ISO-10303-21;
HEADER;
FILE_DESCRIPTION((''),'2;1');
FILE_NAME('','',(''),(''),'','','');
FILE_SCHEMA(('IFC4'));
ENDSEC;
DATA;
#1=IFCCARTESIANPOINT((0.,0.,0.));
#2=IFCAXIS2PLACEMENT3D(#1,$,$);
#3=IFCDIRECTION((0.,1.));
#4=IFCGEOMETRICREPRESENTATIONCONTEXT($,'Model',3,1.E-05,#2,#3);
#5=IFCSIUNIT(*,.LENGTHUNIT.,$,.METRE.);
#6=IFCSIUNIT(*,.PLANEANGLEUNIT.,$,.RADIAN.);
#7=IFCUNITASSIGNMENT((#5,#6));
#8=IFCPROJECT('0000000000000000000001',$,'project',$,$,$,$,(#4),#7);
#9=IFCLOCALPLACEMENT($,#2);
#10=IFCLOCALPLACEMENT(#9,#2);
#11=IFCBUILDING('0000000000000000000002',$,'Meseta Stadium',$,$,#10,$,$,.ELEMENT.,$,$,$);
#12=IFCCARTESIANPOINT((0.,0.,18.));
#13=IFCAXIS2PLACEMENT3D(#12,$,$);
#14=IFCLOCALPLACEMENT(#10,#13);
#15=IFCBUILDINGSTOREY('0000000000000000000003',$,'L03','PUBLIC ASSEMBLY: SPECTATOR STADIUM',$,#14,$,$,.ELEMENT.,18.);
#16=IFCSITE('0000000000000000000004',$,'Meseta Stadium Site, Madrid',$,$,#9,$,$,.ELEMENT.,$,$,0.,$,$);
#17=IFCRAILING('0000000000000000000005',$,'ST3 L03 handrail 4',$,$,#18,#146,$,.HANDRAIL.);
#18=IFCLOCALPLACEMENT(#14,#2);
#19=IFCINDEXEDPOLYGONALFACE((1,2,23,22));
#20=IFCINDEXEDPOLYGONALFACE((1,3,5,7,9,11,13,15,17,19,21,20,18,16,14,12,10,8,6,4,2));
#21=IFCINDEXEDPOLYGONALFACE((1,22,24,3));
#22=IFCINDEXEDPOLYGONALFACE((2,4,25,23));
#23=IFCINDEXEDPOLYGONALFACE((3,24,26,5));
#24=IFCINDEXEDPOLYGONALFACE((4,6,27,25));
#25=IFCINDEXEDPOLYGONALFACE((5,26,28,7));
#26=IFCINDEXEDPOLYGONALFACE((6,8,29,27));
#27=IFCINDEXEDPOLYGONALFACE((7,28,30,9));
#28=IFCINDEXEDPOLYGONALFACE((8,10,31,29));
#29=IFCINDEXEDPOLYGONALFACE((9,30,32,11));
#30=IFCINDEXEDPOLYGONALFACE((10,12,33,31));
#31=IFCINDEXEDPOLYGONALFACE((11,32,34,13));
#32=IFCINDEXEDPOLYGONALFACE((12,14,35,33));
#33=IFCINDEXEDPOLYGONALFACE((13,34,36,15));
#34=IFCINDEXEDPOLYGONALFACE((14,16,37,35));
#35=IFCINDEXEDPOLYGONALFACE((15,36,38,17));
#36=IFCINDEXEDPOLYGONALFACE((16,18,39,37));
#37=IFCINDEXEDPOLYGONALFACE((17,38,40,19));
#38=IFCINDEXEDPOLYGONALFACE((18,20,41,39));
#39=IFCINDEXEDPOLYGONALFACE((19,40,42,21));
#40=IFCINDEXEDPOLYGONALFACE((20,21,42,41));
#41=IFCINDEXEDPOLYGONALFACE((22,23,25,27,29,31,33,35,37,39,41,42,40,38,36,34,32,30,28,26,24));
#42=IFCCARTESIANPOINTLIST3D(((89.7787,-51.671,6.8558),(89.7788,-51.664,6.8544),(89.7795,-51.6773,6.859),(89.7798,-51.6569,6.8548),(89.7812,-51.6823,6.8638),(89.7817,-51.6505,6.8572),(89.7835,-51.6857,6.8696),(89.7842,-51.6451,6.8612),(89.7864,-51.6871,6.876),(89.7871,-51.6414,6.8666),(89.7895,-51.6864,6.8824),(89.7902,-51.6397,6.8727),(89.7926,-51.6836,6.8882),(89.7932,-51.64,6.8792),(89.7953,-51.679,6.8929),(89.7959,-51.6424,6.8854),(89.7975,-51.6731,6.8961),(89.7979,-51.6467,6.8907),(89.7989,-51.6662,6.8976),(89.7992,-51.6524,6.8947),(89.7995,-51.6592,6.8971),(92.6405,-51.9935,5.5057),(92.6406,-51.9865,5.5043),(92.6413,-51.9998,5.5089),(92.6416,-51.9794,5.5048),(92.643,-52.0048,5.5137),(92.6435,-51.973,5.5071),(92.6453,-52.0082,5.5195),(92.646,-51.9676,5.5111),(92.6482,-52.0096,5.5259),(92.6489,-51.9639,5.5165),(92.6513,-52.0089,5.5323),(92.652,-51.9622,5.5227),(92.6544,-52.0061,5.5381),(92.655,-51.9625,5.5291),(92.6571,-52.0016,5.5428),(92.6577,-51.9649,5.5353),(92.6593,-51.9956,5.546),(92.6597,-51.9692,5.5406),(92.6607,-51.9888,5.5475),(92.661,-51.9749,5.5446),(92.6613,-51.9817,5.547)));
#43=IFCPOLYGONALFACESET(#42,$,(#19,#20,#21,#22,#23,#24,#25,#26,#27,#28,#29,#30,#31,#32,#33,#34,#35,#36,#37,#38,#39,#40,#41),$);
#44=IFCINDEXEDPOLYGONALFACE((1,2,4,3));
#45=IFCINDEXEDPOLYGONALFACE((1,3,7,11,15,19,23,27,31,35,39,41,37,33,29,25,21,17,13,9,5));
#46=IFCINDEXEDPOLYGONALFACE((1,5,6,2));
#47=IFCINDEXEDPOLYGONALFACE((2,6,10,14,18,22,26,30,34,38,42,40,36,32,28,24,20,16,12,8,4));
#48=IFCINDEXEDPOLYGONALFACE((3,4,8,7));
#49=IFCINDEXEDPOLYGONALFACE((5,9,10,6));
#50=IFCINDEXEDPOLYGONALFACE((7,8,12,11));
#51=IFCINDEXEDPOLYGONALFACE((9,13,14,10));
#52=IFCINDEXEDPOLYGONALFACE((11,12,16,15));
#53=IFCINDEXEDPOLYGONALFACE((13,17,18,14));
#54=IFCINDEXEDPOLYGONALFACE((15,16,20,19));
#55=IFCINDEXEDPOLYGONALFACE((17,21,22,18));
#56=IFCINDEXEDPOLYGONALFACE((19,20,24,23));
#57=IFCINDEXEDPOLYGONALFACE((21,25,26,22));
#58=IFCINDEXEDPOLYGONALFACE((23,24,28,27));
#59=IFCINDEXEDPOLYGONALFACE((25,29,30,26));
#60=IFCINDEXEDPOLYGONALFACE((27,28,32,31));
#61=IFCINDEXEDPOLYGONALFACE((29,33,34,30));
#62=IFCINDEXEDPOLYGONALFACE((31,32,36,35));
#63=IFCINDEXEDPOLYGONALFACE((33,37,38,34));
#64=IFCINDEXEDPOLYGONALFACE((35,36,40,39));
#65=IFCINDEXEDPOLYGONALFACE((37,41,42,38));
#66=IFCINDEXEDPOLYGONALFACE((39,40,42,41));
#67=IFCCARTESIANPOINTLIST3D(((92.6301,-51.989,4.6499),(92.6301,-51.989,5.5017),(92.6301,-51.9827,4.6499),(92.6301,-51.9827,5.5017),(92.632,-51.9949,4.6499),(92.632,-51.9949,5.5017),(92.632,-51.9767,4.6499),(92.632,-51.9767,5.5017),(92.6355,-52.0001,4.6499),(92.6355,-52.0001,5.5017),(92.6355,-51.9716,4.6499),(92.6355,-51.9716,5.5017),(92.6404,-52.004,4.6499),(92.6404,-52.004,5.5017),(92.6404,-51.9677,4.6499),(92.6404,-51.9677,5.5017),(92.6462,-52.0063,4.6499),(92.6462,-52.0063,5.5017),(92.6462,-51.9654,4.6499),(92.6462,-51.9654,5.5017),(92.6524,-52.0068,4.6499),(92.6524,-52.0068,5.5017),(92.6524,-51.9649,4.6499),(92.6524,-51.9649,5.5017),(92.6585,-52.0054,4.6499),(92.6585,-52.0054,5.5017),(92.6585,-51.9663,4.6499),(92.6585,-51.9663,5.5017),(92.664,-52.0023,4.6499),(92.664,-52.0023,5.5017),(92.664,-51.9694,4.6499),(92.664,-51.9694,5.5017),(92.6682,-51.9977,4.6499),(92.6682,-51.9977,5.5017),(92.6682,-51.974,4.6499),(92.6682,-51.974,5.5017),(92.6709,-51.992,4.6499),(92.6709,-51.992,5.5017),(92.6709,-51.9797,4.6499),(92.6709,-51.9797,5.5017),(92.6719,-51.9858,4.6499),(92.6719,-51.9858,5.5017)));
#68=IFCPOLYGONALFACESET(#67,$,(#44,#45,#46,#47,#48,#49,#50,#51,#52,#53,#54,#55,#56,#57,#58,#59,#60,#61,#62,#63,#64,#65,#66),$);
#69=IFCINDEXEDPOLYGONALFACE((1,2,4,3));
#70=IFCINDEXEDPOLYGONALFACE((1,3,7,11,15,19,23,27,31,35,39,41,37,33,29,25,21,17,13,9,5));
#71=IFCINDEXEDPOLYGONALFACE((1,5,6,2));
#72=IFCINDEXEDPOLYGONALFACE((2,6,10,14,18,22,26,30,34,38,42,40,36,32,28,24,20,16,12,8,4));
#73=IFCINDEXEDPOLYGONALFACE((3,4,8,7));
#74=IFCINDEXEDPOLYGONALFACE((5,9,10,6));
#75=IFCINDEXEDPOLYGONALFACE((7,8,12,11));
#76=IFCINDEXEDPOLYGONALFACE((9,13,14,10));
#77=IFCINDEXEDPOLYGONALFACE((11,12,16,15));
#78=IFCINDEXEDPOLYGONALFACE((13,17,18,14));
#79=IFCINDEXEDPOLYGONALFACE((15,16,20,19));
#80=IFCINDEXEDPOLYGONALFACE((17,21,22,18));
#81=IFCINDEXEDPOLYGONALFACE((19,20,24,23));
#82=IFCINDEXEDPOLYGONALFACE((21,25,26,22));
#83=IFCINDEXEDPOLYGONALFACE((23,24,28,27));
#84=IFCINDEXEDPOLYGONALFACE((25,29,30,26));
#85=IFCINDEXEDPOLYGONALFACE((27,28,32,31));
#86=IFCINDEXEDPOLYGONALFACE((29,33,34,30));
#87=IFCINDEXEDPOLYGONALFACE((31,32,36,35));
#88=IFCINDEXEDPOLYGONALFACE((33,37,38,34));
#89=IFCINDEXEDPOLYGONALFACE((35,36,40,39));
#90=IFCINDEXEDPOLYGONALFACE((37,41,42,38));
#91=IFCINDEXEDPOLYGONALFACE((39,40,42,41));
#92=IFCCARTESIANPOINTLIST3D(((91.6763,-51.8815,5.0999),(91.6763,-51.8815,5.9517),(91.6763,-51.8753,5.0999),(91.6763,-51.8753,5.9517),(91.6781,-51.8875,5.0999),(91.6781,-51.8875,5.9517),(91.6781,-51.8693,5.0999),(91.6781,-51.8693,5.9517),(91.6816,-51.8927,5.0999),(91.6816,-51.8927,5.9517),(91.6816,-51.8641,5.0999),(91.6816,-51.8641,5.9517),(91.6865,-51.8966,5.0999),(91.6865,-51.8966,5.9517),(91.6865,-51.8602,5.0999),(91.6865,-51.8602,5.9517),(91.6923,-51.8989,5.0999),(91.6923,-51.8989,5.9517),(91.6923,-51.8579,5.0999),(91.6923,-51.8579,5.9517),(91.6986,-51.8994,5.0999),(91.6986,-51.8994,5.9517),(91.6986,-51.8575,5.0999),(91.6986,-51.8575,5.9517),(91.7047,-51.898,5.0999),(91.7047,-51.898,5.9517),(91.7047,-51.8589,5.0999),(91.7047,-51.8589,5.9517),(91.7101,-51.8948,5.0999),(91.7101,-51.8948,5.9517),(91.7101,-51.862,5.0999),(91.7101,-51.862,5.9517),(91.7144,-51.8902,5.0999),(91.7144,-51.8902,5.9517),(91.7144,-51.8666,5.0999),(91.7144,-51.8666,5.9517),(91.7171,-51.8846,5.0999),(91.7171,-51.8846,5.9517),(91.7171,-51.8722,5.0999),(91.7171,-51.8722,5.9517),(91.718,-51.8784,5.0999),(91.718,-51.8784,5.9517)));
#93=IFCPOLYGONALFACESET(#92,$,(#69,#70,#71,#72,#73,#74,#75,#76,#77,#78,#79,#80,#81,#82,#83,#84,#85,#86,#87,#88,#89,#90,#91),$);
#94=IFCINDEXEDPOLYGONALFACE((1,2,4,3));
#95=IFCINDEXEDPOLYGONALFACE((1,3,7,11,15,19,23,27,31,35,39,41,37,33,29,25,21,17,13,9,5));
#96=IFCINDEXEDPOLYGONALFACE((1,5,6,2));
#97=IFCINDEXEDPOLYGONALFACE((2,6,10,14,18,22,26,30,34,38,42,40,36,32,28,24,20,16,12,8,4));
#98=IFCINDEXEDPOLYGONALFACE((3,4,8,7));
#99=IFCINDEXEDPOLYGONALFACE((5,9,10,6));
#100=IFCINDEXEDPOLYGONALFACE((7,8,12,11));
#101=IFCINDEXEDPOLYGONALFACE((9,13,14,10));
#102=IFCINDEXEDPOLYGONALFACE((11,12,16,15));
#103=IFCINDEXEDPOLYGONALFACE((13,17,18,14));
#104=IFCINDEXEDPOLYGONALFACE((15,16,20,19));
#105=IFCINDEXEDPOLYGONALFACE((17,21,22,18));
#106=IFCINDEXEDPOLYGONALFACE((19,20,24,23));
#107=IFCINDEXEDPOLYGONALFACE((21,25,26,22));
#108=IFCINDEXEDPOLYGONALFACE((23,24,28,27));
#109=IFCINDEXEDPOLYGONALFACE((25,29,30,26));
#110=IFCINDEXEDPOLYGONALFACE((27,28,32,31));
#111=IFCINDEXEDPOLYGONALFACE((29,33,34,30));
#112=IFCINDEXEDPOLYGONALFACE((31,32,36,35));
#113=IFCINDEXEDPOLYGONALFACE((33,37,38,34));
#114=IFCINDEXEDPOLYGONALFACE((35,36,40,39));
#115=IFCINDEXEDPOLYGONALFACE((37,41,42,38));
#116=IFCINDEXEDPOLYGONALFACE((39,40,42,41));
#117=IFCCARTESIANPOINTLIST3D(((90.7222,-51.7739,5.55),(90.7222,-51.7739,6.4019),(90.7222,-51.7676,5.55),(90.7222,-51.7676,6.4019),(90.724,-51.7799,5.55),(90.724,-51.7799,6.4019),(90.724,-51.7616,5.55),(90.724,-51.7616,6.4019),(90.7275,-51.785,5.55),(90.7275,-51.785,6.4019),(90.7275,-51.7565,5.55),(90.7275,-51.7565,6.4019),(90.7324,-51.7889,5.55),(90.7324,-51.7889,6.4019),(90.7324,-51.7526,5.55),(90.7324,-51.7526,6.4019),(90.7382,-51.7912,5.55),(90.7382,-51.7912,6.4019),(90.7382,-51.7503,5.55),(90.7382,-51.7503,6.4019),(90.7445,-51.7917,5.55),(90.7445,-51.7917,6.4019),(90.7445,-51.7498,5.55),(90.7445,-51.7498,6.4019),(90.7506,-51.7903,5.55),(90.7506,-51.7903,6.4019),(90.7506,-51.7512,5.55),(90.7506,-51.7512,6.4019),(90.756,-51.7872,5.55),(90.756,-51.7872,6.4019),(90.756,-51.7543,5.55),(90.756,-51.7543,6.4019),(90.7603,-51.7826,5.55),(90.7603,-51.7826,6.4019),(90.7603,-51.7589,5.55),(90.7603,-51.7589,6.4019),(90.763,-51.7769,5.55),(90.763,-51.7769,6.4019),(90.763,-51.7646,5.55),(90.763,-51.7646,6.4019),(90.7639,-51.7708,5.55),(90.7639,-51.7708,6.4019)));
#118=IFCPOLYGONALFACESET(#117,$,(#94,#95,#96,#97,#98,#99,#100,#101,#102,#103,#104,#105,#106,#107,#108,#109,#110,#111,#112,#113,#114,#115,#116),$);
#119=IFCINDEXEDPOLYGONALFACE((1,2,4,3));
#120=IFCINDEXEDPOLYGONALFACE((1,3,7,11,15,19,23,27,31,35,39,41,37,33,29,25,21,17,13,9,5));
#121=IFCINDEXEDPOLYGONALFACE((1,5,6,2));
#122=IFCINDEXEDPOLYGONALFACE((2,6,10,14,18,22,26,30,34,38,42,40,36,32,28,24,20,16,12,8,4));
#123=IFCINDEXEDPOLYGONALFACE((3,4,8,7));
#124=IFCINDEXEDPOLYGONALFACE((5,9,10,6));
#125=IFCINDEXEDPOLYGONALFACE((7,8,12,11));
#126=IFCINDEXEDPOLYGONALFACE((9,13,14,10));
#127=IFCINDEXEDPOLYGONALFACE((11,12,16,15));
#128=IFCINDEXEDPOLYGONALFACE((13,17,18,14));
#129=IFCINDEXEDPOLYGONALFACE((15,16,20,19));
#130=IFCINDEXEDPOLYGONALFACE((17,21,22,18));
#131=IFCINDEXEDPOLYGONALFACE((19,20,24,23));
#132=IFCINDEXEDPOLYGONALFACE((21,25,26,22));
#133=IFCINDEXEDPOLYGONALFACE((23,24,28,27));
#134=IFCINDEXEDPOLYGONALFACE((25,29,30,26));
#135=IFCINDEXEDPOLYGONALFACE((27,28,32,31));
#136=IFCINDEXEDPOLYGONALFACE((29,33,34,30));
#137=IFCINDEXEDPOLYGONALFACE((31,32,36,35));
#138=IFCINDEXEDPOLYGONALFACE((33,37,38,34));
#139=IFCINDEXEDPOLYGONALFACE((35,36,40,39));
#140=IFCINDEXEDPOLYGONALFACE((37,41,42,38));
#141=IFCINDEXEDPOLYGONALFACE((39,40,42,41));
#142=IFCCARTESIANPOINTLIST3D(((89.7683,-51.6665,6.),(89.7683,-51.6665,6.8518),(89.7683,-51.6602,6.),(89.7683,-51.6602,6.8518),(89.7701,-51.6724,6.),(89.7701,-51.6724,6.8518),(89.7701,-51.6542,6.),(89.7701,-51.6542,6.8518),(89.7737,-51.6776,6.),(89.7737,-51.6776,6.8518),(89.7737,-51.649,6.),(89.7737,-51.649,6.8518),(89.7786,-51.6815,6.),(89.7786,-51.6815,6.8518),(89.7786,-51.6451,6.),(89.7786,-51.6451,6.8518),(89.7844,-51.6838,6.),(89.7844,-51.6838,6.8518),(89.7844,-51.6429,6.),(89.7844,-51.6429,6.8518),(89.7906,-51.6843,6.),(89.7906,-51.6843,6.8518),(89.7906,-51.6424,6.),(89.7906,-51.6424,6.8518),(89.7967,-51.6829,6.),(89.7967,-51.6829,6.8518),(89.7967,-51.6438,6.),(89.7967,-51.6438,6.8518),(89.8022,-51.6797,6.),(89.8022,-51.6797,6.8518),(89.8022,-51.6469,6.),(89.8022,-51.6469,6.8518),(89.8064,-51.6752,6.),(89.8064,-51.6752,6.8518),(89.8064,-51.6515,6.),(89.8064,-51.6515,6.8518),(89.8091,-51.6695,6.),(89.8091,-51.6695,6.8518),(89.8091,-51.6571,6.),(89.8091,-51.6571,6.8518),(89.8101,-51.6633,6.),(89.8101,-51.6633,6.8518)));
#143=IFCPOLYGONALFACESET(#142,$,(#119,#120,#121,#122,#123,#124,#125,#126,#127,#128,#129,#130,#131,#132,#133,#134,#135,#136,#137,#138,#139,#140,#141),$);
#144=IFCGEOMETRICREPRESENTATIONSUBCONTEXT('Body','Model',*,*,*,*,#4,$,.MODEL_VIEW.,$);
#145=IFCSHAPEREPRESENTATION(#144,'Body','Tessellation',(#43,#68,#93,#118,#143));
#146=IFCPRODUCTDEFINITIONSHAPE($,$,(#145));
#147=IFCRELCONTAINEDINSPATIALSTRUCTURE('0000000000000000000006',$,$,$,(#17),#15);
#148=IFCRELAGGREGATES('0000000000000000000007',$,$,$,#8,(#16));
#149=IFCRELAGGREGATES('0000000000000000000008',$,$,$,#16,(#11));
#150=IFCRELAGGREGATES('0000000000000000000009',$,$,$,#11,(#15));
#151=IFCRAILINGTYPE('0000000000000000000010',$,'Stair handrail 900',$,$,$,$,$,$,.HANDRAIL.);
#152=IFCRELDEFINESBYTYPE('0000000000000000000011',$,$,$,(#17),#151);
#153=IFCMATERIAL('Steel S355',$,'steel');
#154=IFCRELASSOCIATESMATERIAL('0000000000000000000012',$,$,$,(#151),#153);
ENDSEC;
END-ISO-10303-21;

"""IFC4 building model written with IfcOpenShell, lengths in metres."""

from ifc_helpers import new_model, si_unit, direction, frame, origin, origin_2d, place, context, subcontext, project, spatial, circle, extrude, material, type_object, element, save


model = new_model("IFC4")

# Units and contexts
model_context = context("Model", 3, precision=1e-05, world=origin(), true_north=direction((0.0, 1.0)))
body_context = subcontext(model_context, "Body", "Model", "MODEL_VIEW")
ifc_project = project(units=[si_unit("LENGTHUNIT", "METRE"), si_unit("PLANEANGLEUNIT", "RADIAN")], contexts=[model_context])

# Site, building, storey
site_placement = place(None, origin())
site = spatial("IfcSite", under=ifc_project, at=site_placement, Name="Meseta Stadium Site, Madrid", CompositionType="ELEMENT", RefElevation=0.0)
building_placement = place(site_placement, origin())
building = spatial("IfcBuilding", under=site, at=building_placement, Name="Meseta Stadium", CompositionType="ELEMENT")
storey_placement = place(building_placement, frame((0.0, 0.0, 18.0)))
storey = spatial("IfcBuildingStorey", under=building, at=storey_placement, Name="L03", Description="PUBLIC ASSEMBLY: SPECTATOR STADIUM", CompositionType="ELEMENT", Elevation=18.0)

# Railing
ifc_material_1 = material(Name="Steel S355", Category="steel")
railing_type_1 = type_object("IfcRailingType", Name="Stair handrail 900", PredefinedType="HANDRAIL", material=ifc_material_1)
for number, where, name in (
    (1, (92.6509, -51.9858, 4.6499), "ST3 L03 handrail 4"),
):
    element("IfcRailing", number, at=place(storey_placement, frame(where)), inside=storey, type_object=railing_type_1, Name=name, PredefinedType="HANDRAIL", context=body_context, shape_type="SweptSolid", body=[
        extrude(circle(Radius=0.0239, at=origin_2d()), frame((0.0, 0.0, 0.876), z_axis=(-0.899748, 0.101396, 0.424467), x_axis=(-0.111985, -0.99371, 0.0)), (0.0, 0.0, 1.0), 3.1807),
        extrude(circle(Radius=0.021, at=origin_2d()), origin(), (0.0, 0.0, 1.0), 0.8518),
        extrude(circle(Radius=0.021, at=origin_2d()), frame((-0.9539, 0.1074, 0.45)), (0.0, 0.0, 1.0), 0.8518),
        extrude(circle(Radius=0.021, at=origin_2d()), frame((-1.908, 0.2151, 0.9001)), (0.0, 0.0, 1.0), 0.8518),
        extrude(circle(Radius=0.021, at=origin_2d()), frame((-2.8618, 0.3225, 1.3501)), (0.0, 0.0, 1.0), 0.8518),
    ])

save(model, "model.ifc")
